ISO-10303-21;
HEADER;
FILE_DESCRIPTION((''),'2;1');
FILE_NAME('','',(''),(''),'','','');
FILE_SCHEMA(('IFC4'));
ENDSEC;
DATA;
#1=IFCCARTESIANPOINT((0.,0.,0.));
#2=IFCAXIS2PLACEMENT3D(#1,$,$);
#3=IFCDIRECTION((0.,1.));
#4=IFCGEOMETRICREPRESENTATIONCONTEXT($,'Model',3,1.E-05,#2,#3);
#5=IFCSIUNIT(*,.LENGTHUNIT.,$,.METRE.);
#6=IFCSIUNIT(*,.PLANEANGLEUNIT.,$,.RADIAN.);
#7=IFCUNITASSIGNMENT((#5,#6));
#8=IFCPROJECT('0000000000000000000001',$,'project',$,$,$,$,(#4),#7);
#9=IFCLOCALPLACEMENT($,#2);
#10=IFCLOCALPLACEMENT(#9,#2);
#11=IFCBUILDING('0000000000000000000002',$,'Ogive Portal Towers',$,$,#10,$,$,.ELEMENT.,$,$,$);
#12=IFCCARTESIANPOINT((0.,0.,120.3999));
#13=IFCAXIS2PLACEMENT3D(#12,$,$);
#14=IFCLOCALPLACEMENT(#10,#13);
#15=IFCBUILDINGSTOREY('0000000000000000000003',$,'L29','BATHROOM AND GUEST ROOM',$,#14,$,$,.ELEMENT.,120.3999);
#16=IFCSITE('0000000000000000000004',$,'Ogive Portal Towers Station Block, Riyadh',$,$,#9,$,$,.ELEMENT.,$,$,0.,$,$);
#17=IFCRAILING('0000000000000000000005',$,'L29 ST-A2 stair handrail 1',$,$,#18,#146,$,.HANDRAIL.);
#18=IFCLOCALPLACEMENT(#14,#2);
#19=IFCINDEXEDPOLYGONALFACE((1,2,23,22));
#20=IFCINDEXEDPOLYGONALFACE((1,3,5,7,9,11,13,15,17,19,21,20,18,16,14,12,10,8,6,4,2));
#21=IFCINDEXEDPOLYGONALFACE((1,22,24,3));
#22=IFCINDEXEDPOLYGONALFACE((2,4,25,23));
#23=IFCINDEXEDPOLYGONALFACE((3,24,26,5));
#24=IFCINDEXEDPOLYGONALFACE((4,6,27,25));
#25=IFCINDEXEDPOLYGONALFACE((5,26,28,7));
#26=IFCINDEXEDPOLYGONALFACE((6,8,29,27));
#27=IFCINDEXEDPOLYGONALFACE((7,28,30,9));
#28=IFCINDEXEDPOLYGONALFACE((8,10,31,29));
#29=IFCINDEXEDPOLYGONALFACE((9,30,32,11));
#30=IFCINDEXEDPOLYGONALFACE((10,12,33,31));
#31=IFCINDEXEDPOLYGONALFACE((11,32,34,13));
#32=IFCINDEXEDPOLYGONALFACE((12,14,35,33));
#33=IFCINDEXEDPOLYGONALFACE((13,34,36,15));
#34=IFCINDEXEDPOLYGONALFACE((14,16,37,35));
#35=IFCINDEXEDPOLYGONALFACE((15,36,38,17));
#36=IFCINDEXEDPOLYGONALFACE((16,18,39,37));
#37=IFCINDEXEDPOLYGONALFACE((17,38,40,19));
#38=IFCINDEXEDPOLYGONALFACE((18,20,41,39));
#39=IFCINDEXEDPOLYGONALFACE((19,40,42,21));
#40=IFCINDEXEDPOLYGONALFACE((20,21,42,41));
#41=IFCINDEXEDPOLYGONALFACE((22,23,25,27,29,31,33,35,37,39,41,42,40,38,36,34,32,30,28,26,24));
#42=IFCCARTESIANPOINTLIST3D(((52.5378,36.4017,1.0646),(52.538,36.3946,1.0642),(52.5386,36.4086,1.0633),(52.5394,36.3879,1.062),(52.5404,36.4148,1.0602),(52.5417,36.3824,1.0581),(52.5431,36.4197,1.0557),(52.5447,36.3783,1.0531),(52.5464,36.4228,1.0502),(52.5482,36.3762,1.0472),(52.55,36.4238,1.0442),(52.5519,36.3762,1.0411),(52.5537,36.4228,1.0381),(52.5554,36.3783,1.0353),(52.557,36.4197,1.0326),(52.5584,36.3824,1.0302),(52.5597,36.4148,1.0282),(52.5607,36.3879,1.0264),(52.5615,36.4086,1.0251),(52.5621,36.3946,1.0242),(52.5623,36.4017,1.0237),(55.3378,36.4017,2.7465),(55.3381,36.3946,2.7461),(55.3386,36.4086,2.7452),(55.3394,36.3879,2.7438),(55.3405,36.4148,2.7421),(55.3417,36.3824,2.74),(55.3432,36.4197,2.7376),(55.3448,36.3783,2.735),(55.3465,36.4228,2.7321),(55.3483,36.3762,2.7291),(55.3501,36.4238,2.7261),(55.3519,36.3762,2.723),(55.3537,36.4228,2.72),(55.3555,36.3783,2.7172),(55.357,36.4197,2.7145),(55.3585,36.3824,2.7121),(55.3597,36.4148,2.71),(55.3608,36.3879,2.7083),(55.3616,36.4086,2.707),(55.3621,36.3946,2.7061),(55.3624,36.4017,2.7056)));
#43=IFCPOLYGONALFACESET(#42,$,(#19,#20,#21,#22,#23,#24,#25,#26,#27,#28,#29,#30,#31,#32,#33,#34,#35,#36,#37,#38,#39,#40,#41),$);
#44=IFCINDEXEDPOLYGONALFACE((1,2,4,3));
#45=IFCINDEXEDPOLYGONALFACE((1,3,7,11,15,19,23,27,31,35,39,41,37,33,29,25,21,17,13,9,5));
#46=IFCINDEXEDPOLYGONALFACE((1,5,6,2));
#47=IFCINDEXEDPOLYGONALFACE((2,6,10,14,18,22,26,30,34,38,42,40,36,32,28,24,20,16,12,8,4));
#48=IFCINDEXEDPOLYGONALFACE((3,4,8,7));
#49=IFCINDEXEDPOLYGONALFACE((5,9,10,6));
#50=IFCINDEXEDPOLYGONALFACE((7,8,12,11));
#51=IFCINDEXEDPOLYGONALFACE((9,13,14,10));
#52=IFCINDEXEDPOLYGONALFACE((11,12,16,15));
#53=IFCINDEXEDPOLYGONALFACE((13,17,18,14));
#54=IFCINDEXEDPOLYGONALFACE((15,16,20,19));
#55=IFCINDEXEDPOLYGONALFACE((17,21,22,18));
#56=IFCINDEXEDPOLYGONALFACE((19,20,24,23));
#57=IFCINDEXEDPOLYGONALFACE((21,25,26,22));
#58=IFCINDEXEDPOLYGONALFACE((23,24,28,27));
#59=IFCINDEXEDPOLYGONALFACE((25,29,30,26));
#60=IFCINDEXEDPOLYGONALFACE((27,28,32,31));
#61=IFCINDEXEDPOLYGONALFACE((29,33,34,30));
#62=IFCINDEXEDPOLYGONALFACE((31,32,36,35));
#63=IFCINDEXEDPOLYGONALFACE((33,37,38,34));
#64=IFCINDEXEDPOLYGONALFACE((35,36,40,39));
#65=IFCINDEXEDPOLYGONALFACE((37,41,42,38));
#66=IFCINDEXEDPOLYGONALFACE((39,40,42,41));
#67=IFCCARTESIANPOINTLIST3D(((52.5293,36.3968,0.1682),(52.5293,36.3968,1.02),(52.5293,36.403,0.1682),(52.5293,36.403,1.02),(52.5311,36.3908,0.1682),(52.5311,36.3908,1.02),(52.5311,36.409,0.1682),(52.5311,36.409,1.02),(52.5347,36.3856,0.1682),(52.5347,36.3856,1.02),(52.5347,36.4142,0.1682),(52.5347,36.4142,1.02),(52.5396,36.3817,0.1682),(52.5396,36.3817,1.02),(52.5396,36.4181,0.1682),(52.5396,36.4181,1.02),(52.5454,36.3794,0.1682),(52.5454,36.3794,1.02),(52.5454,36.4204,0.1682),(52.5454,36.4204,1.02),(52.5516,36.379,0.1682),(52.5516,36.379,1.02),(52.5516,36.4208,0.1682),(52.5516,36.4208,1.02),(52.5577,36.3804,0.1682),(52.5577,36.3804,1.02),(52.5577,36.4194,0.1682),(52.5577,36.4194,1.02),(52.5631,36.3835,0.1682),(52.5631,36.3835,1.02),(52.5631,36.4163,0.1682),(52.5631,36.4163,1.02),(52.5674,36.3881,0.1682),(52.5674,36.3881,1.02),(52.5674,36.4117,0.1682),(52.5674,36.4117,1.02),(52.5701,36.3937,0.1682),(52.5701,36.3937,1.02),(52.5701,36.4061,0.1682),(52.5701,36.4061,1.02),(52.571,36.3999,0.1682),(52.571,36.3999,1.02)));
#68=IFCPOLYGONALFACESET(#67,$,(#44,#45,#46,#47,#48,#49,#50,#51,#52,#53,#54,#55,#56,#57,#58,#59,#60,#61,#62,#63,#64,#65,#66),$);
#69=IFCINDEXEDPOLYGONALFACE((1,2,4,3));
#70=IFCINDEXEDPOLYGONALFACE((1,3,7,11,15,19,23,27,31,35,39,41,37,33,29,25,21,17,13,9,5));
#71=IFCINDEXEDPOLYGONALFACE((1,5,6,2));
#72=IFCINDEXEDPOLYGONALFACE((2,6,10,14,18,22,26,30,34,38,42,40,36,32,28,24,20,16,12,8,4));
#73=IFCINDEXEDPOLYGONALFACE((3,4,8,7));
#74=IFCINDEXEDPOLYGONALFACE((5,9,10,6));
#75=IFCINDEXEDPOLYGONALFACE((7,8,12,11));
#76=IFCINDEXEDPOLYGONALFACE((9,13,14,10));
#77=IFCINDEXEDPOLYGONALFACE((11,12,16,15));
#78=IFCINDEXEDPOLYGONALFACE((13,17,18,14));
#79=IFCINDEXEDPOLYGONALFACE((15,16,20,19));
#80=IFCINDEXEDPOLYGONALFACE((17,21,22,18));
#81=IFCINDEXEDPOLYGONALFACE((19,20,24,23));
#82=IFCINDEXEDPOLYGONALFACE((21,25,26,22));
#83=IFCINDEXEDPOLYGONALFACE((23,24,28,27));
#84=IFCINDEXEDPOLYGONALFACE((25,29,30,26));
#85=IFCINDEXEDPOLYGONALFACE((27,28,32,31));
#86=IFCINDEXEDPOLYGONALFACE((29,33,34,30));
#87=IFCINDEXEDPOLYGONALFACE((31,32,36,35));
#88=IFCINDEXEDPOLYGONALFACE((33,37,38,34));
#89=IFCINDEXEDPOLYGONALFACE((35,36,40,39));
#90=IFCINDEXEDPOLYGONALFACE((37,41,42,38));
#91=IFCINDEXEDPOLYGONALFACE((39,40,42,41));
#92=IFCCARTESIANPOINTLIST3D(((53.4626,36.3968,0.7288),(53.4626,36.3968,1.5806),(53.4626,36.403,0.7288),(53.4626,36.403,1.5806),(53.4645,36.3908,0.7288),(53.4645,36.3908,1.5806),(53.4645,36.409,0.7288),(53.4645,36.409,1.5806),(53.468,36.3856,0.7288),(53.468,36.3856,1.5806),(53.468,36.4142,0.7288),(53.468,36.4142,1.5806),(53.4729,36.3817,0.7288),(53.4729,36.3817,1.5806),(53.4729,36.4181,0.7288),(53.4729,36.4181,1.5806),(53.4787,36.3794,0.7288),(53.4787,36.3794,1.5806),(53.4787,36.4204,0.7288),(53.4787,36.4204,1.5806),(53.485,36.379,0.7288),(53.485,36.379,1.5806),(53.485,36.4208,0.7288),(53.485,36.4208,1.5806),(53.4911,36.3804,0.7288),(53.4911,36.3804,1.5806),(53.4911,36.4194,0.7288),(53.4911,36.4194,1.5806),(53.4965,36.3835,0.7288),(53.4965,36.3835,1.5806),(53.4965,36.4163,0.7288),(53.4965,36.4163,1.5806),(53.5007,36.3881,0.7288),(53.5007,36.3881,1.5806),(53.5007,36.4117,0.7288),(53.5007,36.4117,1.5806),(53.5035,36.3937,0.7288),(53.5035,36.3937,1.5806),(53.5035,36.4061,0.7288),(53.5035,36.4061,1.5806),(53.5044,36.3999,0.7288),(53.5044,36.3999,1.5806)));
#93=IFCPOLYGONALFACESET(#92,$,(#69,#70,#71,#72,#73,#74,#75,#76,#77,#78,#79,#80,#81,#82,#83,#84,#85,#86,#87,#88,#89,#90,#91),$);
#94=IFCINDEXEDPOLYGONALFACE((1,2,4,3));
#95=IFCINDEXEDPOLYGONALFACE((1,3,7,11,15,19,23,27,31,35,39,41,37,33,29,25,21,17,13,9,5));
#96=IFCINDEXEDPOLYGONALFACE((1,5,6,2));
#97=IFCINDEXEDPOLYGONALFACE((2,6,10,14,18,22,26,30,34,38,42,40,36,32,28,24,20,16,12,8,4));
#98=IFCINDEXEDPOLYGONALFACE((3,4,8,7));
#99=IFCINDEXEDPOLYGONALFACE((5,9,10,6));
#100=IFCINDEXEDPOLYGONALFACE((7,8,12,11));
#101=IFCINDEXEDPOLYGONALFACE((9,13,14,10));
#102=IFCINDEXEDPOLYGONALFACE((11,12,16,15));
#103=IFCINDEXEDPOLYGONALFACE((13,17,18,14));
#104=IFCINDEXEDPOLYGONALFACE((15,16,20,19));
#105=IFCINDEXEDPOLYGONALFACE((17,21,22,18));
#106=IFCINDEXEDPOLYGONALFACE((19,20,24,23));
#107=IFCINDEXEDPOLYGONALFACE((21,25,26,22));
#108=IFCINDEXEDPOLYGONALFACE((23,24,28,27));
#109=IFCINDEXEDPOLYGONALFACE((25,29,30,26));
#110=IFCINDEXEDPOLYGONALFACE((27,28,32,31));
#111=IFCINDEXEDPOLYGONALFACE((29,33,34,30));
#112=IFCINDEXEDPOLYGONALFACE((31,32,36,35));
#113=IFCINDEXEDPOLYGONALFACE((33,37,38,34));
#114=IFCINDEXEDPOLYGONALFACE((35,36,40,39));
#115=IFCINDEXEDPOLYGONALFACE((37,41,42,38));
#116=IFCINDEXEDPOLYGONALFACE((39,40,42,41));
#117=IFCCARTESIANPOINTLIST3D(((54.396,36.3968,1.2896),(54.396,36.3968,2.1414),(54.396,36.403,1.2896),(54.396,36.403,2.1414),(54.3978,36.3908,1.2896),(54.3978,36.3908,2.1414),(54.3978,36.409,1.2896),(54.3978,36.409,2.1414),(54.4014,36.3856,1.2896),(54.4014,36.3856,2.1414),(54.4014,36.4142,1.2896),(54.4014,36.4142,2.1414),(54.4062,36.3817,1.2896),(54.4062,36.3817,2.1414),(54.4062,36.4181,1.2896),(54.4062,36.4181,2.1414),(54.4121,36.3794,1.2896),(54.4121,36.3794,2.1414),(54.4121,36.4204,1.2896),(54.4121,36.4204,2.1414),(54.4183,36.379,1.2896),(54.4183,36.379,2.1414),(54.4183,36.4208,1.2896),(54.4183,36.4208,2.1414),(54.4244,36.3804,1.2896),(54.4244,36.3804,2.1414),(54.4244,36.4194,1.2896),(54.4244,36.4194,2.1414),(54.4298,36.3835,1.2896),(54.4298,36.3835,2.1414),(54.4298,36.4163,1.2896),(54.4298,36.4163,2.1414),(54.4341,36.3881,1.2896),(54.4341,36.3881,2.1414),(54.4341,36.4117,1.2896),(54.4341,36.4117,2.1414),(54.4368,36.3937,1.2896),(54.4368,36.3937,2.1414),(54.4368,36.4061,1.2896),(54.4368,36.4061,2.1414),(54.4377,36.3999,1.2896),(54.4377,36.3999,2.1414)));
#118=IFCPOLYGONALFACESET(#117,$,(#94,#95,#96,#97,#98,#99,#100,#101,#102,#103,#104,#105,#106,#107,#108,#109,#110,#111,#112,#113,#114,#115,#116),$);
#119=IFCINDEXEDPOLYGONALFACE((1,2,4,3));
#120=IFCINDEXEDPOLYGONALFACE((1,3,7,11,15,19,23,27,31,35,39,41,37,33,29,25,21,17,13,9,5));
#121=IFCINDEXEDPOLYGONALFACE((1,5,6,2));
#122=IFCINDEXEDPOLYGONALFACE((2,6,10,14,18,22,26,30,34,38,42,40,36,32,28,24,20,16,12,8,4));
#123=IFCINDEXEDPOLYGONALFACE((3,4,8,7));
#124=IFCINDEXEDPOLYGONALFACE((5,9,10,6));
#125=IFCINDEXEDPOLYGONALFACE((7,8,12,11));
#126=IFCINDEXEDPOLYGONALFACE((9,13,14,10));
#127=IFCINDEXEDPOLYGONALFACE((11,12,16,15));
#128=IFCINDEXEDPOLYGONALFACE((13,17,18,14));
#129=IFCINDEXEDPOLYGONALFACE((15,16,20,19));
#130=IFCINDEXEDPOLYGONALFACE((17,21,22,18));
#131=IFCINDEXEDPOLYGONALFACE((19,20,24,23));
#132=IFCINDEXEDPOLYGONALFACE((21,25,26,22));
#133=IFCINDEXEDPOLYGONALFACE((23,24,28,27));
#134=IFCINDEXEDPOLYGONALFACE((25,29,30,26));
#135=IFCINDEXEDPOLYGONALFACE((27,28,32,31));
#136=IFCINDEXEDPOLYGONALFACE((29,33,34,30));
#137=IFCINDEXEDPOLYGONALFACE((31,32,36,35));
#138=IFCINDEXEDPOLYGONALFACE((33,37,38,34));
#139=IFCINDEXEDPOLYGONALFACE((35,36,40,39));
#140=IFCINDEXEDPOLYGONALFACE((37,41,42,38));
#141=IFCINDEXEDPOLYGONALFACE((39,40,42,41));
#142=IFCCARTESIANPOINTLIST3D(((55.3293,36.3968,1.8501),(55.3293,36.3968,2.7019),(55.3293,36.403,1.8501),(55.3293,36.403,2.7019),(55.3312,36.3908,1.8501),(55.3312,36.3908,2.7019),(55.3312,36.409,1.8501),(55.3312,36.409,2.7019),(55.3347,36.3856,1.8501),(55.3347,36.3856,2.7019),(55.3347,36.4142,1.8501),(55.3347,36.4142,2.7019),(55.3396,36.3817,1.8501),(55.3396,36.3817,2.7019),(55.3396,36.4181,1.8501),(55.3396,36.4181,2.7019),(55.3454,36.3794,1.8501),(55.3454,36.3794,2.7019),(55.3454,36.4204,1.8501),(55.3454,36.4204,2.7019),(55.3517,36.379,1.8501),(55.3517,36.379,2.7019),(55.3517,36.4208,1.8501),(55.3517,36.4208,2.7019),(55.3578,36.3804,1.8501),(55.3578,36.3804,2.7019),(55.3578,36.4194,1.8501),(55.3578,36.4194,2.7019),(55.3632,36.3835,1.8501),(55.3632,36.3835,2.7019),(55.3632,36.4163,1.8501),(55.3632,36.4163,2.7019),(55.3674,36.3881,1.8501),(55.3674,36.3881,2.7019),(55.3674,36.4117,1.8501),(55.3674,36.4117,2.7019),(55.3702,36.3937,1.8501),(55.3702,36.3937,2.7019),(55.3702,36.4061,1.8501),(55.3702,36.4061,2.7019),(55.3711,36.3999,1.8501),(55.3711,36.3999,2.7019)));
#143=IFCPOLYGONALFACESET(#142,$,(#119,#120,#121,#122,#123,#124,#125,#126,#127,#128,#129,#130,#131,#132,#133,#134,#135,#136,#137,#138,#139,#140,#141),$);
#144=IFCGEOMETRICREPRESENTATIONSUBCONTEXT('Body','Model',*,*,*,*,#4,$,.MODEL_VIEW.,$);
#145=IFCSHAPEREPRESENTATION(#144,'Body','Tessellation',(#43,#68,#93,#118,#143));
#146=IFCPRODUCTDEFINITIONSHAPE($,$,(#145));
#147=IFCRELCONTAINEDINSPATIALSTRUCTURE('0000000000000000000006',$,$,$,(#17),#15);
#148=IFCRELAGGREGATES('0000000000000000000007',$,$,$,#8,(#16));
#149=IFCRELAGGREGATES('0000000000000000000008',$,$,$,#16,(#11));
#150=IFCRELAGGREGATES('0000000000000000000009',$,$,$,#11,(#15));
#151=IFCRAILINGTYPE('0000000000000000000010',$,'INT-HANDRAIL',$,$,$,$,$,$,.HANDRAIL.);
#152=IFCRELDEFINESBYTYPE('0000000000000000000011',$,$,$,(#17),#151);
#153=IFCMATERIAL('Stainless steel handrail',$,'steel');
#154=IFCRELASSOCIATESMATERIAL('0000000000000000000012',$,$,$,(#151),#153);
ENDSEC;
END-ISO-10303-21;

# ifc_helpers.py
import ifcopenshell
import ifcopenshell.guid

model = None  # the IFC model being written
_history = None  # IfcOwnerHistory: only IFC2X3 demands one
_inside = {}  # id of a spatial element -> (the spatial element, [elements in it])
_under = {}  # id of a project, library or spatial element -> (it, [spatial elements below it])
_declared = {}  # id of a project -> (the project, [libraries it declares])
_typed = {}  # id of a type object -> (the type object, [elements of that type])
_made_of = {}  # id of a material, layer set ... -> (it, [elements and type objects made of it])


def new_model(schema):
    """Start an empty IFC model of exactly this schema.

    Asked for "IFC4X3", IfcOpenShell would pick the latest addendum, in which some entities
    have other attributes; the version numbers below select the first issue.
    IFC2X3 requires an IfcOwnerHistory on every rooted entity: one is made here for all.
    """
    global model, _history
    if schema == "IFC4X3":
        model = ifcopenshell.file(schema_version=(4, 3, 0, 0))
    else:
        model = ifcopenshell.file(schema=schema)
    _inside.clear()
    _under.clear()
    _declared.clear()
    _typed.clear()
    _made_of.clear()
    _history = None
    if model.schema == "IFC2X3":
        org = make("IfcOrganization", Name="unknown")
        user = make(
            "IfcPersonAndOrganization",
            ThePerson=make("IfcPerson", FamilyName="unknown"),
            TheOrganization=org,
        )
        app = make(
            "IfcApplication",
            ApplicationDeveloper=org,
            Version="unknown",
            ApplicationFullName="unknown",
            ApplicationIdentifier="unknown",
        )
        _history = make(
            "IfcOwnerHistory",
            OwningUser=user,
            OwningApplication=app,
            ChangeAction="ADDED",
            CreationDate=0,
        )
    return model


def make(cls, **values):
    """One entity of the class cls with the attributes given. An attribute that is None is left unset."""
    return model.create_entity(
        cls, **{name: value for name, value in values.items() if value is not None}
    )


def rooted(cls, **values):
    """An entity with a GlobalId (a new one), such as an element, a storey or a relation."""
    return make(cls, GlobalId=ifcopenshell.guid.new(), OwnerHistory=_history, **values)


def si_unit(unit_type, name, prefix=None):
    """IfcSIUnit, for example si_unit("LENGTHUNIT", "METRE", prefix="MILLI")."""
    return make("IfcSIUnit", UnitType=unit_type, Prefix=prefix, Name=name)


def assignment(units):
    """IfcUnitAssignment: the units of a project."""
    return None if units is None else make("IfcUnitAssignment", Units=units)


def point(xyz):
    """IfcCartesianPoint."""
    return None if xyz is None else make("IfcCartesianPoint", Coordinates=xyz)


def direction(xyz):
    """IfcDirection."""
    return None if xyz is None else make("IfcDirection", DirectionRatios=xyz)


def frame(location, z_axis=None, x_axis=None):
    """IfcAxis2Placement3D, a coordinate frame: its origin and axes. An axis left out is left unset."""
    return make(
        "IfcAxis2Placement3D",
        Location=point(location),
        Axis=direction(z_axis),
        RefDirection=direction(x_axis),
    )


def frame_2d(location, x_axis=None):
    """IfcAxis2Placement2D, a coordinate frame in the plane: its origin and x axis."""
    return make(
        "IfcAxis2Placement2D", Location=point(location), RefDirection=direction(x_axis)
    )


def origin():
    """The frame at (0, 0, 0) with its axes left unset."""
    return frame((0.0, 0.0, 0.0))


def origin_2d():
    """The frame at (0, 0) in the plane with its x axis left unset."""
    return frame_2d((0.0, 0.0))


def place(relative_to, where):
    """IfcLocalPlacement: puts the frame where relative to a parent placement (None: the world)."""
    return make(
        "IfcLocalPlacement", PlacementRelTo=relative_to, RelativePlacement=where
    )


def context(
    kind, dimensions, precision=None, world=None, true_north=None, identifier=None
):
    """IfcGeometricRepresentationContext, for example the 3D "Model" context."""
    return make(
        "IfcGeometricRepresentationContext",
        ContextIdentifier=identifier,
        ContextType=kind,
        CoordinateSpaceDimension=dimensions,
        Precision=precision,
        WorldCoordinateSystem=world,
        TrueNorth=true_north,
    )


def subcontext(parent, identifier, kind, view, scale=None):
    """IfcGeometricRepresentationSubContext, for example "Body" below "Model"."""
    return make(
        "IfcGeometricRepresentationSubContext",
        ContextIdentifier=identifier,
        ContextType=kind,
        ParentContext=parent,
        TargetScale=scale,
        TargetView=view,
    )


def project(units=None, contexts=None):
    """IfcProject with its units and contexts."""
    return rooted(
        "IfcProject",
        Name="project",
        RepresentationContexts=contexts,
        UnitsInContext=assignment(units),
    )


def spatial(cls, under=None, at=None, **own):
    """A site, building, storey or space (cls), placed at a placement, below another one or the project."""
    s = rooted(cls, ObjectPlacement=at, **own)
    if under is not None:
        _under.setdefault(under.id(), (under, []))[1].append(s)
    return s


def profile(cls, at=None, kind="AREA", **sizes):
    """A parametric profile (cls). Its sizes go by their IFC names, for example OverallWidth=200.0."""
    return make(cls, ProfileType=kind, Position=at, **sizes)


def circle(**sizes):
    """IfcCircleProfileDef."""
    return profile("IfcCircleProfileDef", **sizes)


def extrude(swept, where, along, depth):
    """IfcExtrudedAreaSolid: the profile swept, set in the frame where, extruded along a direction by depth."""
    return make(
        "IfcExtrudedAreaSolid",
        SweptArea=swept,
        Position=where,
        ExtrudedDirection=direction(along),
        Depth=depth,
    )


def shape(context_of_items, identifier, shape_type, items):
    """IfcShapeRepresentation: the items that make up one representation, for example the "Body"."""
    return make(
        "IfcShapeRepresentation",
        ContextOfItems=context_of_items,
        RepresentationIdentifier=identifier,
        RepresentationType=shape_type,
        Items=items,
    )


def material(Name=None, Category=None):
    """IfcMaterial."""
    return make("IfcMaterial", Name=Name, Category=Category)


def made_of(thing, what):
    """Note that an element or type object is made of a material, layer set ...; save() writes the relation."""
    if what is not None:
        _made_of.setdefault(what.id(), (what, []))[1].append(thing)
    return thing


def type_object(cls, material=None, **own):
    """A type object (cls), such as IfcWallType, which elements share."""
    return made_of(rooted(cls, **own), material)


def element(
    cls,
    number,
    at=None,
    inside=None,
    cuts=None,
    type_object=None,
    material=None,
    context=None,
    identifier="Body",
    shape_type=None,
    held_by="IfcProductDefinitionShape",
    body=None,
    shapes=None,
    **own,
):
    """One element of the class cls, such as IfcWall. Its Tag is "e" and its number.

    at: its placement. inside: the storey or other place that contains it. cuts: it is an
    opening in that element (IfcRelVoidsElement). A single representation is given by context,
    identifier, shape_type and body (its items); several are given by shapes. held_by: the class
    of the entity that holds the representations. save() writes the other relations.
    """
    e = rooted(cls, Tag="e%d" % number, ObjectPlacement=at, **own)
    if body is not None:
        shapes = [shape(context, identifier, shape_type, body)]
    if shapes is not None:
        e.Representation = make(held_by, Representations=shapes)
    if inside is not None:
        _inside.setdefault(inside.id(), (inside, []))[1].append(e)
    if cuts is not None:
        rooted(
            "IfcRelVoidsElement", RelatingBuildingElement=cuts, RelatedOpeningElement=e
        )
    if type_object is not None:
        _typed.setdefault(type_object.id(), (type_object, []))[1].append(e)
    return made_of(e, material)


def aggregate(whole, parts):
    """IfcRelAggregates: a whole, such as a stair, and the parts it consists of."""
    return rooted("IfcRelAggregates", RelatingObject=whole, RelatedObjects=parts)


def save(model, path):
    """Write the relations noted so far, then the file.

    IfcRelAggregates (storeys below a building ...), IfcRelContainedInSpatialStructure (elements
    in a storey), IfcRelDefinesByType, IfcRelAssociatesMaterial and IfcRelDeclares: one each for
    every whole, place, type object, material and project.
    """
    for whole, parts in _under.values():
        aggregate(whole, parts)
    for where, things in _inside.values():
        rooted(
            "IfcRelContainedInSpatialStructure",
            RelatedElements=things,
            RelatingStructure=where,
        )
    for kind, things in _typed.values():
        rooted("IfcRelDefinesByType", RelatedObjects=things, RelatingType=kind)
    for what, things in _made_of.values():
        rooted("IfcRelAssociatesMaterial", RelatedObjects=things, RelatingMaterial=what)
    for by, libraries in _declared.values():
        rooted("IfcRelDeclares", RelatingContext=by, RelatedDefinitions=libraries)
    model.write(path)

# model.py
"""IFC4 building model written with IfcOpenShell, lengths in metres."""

from ifc_helpers import new_model, si_unit, direction, frame, origin, origin_2d, place, context, subcontext, project, spatial, circle, extrude, material, type_object, element, save


model = new_model("IFC4")

# Units and contexts
model_context = context("Model", 3, precision=1e-05, world=origin(), true_north=direction((0.0, 1.0)))
body_context = subcontext(model_context, "Body", "Model", "MODEL_VIEW")
ifc_project = project(units=[si_unit("LENGTHUNIT", "METRE"), si_unit("PLANEANGLEUNIT", "RADIAN")], contexts=[model_context])

# Site, building, storey
site_placement = place(None, origin())
site = spatial("IfcSite", under=ifc_project, at=site_placement, Name="Ogive Portal Towers Station Block, Riyadh", CompositionType="ELEMENT", RefElevation=0.0)
building_placement = place(site_placement, origin())
building = spatial("IfcBuilding", under=site, at=building_placement, Name="Ogive Portal Towers", CompositionType="ELEMENT")
storey_placement = place(building_placement, frame((0.0, 0.0, 120.3999)))
storey = spatial("IfcBuildingStorey", under=building, at=storey_placement, Name="L29", Description="BATHROOM AND GUEST ROOM", CompositionType="ELEMENT", Elevation=120.3999)

# Railing
ifc_material_1 = material(Name="Stainless steel handrail", Category="steel")
railing_type_1 = type_object("IfcRailingType", Name="INT-HANDRAIL", PredefinedType="HANDRAIL", material=ifc_material_1)
railing_1_placement = place(storey_placement, frame((52.55, 36.3999, 0.1682)))
element("IfcRailing", 1, at=railing_1_placement, inside=storey, type_object=railing_type_1, Name="L29 ST-A2 stair handrail 1", PredefinedType="HANDRAIL", context=body_context, shape_type="SweptSolid", body=[
    extrude(circle(Radius=0.0239, at=origin_2d()), frame((0.0, 0.0, 0.876), z_axis=(0.857242, 0.0, 0.514913), x_axis=(0.0, 1.0, 0.0)), (0.0, 0.0, 1.0), 3.2664),
    extrude(circle(Radius=0.021, at=origin_2d()), origin(), (0.0, 0.0, 1.0), 0.8518),
    extrude(circle(Radius=0.021, at=origin_2d()), frame((0.9333, 0.0, 0.5605)), (0.0, 0.0, 1.0), 0.8518),
    extrude(circle(Radius=0.021, at=origin_2d()), frame((1.8667, 0.0, 1.1213)), (0.0, 0.0, 1.0), 0.8518),
    extrude(circle(Radius=0.021, at=origin_2d()), frame((2.8, 0.0, 1.6819)), (0.0, 0.0, 1.0), 0.8518),
])

save(model, "model.ifc")
